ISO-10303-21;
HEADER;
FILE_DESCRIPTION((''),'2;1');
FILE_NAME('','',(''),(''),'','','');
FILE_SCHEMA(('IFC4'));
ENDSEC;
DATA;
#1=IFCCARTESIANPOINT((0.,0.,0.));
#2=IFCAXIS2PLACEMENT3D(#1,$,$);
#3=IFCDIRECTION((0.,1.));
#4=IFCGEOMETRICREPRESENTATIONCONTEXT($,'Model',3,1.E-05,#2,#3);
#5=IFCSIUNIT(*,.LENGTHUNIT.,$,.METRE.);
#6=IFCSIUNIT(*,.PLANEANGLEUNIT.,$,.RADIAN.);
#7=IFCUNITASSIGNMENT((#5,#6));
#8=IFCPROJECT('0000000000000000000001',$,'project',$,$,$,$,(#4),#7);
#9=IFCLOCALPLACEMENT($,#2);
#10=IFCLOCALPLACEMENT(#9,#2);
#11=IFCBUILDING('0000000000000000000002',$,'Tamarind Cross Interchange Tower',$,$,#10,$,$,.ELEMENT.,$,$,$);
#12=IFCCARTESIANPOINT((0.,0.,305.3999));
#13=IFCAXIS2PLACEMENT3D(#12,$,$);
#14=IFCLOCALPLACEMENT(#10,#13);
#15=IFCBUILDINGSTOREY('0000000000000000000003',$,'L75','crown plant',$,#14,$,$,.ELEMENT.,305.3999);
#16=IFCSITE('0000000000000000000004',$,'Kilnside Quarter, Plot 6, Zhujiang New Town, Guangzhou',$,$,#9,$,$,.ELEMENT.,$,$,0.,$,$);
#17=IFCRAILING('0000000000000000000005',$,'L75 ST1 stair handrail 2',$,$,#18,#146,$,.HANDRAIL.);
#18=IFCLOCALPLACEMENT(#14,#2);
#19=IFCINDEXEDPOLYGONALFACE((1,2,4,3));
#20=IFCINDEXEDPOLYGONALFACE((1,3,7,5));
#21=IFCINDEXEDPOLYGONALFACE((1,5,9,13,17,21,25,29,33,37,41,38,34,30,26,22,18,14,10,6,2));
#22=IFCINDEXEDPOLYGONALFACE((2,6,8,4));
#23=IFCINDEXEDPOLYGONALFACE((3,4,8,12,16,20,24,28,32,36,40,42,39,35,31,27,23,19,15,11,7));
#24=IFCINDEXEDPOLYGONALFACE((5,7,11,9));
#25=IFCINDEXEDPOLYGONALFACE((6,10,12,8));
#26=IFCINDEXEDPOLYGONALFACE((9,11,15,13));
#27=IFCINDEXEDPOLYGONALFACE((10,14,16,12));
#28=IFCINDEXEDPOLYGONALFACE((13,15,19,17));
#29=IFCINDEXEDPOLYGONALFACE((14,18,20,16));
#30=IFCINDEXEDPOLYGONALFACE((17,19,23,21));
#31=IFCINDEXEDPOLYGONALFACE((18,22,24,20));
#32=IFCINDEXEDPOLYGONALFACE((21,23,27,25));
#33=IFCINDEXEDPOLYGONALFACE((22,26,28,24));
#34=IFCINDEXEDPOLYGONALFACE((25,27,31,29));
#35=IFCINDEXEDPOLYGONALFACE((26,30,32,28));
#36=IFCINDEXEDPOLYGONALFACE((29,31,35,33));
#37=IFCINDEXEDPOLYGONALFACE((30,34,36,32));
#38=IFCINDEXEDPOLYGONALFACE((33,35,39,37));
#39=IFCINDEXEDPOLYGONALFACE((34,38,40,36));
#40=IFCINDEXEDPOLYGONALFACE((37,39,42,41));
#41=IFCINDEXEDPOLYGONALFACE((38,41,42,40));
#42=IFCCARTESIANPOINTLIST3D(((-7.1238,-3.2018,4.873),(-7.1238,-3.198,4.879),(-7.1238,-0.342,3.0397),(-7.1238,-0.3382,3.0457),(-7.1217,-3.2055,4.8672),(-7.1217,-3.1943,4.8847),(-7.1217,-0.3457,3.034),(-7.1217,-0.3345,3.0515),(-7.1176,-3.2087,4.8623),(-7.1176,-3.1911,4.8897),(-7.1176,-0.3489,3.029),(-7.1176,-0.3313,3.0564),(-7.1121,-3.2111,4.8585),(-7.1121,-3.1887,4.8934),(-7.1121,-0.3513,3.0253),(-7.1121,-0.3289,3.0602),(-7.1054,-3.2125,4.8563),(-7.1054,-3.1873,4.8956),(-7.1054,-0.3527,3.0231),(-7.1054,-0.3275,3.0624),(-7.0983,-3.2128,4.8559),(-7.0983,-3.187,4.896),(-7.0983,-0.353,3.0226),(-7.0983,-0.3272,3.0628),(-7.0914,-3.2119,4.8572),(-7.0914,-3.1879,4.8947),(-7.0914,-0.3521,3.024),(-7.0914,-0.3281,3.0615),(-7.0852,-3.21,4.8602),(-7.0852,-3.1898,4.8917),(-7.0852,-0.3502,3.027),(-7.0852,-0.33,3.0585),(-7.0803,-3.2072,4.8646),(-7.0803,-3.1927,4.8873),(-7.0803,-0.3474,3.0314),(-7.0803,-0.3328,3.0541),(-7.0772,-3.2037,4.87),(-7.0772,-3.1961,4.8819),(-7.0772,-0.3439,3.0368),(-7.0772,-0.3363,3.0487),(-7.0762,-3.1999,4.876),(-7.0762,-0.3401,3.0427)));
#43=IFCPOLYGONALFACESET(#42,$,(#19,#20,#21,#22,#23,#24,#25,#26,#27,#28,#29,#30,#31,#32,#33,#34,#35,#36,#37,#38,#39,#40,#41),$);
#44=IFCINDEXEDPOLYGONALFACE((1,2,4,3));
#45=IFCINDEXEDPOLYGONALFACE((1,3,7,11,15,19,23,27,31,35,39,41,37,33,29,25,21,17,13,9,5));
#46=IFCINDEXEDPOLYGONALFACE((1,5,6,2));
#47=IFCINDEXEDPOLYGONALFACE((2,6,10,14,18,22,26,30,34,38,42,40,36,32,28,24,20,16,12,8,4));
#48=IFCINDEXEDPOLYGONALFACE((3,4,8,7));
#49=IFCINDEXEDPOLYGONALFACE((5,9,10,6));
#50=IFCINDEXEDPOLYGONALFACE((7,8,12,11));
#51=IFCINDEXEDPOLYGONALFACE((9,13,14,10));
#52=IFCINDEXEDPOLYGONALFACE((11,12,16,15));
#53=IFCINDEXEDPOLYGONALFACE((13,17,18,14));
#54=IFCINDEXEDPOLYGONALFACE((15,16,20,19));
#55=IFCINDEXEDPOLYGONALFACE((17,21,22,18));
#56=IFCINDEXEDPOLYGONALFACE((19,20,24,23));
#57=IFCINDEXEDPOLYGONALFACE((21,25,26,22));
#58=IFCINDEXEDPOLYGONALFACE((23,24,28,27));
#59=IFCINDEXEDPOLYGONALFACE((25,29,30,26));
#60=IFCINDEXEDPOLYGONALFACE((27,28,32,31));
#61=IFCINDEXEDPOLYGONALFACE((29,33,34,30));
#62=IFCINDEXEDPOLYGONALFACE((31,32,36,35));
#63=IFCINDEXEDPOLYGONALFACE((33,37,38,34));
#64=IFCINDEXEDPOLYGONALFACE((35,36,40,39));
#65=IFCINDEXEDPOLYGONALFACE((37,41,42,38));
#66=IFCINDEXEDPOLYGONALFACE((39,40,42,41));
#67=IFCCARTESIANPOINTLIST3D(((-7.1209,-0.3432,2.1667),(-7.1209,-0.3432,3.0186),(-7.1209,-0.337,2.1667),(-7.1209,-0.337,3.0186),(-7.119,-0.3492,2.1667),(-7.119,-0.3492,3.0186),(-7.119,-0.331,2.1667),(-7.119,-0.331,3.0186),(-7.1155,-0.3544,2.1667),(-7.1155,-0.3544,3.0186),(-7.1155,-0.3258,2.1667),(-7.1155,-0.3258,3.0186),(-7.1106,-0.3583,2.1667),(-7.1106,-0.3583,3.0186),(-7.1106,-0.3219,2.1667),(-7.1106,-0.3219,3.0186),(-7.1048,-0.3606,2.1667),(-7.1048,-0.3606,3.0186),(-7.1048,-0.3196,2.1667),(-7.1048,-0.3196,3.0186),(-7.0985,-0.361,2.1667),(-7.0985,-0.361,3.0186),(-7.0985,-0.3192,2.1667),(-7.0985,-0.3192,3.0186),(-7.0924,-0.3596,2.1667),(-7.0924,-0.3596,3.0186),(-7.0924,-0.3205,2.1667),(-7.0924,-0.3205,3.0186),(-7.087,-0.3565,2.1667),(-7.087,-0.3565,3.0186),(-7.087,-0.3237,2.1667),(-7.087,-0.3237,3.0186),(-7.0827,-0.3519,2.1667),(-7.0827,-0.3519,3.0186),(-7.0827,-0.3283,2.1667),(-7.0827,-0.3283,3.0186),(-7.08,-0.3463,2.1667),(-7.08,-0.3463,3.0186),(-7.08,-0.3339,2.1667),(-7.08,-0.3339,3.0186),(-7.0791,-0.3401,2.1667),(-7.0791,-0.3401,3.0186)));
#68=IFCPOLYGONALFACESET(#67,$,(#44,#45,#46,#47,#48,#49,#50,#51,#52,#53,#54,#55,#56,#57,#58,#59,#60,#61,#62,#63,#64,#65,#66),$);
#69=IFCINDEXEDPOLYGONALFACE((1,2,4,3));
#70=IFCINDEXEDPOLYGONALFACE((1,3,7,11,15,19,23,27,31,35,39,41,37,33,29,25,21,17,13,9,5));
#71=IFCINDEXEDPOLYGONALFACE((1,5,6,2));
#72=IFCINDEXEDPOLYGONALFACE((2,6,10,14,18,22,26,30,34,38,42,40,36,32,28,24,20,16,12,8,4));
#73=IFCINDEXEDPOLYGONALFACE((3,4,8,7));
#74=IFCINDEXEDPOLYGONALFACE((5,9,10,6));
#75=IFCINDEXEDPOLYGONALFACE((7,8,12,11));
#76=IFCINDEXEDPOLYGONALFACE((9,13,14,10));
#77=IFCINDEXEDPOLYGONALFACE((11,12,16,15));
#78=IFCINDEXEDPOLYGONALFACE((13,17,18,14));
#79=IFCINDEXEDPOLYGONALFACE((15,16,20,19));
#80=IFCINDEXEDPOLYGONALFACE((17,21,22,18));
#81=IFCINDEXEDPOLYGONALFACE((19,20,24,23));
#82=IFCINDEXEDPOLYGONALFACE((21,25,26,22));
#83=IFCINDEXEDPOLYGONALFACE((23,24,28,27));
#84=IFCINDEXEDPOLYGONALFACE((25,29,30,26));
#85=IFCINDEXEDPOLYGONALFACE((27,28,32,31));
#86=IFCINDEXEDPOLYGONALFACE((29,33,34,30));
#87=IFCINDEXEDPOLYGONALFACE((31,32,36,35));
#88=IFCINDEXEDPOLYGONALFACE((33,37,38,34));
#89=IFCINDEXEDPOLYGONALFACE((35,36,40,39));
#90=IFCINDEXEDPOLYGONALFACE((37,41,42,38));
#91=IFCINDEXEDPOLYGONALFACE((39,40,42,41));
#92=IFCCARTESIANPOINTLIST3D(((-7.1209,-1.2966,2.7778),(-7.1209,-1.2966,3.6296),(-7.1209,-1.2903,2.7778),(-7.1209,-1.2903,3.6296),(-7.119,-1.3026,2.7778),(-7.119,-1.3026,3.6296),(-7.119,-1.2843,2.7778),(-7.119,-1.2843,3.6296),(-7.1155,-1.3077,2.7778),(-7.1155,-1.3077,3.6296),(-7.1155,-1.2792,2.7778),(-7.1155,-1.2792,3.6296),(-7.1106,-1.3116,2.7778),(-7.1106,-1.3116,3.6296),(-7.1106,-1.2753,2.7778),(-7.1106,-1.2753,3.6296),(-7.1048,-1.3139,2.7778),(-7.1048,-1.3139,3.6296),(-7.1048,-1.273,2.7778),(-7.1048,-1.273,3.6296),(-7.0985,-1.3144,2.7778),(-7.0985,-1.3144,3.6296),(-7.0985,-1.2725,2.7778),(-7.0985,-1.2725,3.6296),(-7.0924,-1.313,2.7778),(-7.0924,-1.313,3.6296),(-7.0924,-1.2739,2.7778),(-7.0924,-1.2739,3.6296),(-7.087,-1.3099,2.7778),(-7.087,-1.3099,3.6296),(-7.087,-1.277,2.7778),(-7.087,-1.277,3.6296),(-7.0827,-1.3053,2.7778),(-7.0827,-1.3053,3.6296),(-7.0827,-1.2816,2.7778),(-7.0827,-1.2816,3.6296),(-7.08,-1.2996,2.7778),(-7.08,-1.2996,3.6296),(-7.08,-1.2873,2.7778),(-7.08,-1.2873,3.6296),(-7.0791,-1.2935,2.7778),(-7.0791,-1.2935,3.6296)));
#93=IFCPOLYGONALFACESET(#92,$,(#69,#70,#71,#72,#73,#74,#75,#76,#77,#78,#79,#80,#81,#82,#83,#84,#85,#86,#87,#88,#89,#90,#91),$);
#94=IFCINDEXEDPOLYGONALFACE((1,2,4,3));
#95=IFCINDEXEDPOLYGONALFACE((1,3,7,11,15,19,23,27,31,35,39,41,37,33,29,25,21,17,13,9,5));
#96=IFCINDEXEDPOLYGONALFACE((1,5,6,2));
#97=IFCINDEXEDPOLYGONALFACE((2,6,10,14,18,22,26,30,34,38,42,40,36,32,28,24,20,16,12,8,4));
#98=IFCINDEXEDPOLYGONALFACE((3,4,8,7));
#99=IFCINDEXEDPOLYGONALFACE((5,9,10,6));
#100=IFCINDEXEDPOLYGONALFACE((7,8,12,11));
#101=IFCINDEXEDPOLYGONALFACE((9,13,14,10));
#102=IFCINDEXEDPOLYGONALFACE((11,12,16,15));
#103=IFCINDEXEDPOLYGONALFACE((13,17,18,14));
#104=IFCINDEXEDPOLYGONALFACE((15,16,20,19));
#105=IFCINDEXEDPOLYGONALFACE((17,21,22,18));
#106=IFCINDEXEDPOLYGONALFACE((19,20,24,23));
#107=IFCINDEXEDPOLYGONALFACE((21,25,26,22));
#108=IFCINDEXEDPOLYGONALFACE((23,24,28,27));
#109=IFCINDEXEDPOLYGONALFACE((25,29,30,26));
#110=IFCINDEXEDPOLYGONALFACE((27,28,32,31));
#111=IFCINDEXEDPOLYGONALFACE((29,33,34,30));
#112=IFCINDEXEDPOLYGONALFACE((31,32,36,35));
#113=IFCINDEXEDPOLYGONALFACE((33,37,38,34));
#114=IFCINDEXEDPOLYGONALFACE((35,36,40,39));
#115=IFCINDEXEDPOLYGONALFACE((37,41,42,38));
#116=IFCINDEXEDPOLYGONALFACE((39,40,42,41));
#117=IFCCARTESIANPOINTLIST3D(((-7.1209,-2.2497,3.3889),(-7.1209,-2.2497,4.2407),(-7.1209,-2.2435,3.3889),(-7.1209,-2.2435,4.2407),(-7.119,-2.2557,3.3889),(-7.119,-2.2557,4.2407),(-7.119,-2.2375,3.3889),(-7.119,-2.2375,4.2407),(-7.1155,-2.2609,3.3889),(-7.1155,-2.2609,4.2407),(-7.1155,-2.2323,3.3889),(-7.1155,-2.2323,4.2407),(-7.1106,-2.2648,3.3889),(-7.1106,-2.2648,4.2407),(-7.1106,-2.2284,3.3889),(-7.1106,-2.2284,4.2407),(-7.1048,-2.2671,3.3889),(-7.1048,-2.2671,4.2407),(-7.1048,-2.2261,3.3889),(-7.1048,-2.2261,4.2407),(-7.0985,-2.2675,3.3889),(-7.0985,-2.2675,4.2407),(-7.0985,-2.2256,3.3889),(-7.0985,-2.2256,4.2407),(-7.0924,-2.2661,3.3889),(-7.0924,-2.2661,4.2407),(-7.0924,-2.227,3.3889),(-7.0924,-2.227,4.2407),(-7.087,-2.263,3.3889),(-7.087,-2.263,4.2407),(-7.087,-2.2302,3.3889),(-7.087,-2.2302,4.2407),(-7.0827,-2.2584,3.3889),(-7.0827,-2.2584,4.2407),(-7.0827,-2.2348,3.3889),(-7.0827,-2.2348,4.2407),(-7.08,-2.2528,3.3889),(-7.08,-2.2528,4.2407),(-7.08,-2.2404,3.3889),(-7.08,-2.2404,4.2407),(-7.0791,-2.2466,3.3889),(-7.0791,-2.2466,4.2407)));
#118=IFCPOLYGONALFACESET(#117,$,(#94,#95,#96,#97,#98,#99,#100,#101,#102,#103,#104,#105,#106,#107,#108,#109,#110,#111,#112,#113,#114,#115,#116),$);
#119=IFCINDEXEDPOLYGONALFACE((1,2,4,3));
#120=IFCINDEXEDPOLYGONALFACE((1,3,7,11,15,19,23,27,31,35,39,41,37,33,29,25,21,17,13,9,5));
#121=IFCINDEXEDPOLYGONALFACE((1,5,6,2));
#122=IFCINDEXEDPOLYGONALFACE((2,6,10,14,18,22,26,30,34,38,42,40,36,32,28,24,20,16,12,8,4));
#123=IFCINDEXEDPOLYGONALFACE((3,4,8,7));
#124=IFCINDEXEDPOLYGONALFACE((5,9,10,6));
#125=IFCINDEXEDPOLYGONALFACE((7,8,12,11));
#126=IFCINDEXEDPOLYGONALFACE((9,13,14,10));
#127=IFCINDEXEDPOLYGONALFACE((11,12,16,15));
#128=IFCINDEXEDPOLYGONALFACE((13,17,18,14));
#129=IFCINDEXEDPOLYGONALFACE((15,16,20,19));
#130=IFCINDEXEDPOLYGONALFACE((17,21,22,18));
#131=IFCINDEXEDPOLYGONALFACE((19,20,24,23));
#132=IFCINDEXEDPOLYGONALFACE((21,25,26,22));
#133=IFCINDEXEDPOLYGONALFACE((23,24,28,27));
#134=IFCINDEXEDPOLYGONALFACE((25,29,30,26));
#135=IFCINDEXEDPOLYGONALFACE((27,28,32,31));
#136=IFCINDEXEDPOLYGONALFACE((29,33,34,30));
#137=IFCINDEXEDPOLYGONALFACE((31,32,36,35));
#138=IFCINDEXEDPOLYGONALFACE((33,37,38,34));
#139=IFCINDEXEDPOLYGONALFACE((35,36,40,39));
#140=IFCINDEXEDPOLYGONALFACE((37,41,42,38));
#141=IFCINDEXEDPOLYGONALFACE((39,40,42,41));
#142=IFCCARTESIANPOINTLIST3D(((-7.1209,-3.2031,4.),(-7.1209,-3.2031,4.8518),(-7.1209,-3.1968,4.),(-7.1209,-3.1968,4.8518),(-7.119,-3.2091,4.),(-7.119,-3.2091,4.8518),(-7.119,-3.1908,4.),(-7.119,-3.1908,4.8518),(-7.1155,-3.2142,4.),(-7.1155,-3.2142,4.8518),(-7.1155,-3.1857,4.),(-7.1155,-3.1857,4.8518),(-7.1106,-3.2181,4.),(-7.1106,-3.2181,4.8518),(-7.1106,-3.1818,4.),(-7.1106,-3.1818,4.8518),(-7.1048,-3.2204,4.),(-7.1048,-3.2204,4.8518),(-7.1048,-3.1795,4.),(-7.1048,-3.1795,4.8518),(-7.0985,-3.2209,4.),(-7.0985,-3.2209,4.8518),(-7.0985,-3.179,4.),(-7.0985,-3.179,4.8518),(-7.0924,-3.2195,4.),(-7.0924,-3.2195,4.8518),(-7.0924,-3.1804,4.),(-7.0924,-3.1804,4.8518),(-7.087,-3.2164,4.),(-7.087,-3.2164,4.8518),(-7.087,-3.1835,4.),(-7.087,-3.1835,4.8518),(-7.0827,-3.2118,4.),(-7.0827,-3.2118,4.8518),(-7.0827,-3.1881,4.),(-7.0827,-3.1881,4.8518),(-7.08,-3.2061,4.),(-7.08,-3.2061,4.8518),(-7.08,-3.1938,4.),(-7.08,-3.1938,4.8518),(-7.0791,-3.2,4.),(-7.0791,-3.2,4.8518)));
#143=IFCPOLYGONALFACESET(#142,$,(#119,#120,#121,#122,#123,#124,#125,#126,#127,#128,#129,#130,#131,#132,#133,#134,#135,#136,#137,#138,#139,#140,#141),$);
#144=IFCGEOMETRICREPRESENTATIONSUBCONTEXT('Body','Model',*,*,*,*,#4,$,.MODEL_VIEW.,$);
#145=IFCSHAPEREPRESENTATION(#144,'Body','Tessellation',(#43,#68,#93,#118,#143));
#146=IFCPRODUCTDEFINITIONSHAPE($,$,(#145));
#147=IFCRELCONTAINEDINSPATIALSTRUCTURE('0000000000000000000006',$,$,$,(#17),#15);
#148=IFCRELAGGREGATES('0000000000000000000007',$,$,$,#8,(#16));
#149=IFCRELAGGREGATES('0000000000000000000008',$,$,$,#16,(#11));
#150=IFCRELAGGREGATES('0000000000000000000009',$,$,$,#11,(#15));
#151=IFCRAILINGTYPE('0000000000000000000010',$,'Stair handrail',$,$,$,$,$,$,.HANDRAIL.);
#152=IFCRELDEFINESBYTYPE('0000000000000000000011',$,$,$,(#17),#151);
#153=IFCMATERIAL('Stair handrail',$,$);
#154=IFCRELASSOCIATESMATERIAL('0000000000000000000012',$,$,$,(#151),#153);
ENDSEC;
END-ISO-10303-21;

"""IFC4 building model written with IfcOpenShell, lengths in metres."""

from ifc_helpers import new_model, si_unit, direction, frame, origin, origin_2d, place, context, subcontext, project, spatial, circle, extrude, material, type_object, element, save


model = new_model("IFC4")

# Units and contexts
model_context = context("Model", 3, precision=1e-05, world=origin(), true_north=direction((0.0, 1.0)))
body_context = subcontext(model_context, "Body", "Model", "MODEL_VIEW")
ifc_project = project(units=[si_unit("LENGTHUNIT", "METRE"), si_unit("PLANEANGLEUNIT", "RADIAN")], contexts=[model_context])

# Site, building, storey
site_placement = place(None, origin())
site = spatial("IfcSite", under=ifc_project, at=site_placement, Name="Kilnside Quarter, Plot 6, Zhujiang New Town, Guangzhou", CompositionType="ELEMENT", RefElevation=0.0)
building_placement = place(site_placement, origin())
building = spatial("IfcBuilding", under=site, at=building_placement, Name="Tamarind Cross Interchange Tower", CompositionType="ELEMENT")
storey_placement = place(building_placement, frame((0.0, 0.0, 305.3999)))
storey = spatial("IfcBuildingStorey", under=building, at=storey_placement, Name="L75", Description="crown plant", CompositionType="ELEMENT", Elevation=305.3999)

# Railing
ifc_material_1 = material(Name="Stair handrail")
railing_type_1 = type_object("IfcRailingType", Name="Stair handrail", PredefinedType="HANDRAIL", material=ifc_material_1)
railing_1_placement = place(storey_placement, frame((-7.1001, -0.3401, 2.1667)))
element("IfcRailing", 1, at=railing_1_placement, inside=storey, type_object=railing_type_1, Name="L75 ST1 stair handrail 2", PredefinedType="HANDRAIL", context=body_context, shape_type="SweptSolid", body=[
    extrude(circle(Radius=0.0239, at=origin_2d()), frame((0.0, 0.0, 0.876), z_axis=(0.0, -0.841878, 0.539667), x_axis=(1.0, 0.0, 0.0)), (0.0, 0.0, 1.0), 3.397),
    extrude(circle(Radius=0.021, at=origin_2d()), origin(), (0.0, 0.0, 1.0), 0.8518),
    extrude(circle(Radius=0.021, at=origin_2d()), frame((0.0, -0.9534, 0.6111)), (0.0, 0.0, 1.0), 0.8518),
    extrude(circle(Radius=0.021, at=origin_2d()), frame((0.0, -1.9065, 1.2222)), (0.0, 0.0, 1.0), 0.8518),
    extrude(circle(Radius=0.021, at=origin_2d()), frame((0.0, -2.8599, 1.8333)), (0.0, 0.0, 1.0), 0.8518),
])

save(model, "model.ifc")
